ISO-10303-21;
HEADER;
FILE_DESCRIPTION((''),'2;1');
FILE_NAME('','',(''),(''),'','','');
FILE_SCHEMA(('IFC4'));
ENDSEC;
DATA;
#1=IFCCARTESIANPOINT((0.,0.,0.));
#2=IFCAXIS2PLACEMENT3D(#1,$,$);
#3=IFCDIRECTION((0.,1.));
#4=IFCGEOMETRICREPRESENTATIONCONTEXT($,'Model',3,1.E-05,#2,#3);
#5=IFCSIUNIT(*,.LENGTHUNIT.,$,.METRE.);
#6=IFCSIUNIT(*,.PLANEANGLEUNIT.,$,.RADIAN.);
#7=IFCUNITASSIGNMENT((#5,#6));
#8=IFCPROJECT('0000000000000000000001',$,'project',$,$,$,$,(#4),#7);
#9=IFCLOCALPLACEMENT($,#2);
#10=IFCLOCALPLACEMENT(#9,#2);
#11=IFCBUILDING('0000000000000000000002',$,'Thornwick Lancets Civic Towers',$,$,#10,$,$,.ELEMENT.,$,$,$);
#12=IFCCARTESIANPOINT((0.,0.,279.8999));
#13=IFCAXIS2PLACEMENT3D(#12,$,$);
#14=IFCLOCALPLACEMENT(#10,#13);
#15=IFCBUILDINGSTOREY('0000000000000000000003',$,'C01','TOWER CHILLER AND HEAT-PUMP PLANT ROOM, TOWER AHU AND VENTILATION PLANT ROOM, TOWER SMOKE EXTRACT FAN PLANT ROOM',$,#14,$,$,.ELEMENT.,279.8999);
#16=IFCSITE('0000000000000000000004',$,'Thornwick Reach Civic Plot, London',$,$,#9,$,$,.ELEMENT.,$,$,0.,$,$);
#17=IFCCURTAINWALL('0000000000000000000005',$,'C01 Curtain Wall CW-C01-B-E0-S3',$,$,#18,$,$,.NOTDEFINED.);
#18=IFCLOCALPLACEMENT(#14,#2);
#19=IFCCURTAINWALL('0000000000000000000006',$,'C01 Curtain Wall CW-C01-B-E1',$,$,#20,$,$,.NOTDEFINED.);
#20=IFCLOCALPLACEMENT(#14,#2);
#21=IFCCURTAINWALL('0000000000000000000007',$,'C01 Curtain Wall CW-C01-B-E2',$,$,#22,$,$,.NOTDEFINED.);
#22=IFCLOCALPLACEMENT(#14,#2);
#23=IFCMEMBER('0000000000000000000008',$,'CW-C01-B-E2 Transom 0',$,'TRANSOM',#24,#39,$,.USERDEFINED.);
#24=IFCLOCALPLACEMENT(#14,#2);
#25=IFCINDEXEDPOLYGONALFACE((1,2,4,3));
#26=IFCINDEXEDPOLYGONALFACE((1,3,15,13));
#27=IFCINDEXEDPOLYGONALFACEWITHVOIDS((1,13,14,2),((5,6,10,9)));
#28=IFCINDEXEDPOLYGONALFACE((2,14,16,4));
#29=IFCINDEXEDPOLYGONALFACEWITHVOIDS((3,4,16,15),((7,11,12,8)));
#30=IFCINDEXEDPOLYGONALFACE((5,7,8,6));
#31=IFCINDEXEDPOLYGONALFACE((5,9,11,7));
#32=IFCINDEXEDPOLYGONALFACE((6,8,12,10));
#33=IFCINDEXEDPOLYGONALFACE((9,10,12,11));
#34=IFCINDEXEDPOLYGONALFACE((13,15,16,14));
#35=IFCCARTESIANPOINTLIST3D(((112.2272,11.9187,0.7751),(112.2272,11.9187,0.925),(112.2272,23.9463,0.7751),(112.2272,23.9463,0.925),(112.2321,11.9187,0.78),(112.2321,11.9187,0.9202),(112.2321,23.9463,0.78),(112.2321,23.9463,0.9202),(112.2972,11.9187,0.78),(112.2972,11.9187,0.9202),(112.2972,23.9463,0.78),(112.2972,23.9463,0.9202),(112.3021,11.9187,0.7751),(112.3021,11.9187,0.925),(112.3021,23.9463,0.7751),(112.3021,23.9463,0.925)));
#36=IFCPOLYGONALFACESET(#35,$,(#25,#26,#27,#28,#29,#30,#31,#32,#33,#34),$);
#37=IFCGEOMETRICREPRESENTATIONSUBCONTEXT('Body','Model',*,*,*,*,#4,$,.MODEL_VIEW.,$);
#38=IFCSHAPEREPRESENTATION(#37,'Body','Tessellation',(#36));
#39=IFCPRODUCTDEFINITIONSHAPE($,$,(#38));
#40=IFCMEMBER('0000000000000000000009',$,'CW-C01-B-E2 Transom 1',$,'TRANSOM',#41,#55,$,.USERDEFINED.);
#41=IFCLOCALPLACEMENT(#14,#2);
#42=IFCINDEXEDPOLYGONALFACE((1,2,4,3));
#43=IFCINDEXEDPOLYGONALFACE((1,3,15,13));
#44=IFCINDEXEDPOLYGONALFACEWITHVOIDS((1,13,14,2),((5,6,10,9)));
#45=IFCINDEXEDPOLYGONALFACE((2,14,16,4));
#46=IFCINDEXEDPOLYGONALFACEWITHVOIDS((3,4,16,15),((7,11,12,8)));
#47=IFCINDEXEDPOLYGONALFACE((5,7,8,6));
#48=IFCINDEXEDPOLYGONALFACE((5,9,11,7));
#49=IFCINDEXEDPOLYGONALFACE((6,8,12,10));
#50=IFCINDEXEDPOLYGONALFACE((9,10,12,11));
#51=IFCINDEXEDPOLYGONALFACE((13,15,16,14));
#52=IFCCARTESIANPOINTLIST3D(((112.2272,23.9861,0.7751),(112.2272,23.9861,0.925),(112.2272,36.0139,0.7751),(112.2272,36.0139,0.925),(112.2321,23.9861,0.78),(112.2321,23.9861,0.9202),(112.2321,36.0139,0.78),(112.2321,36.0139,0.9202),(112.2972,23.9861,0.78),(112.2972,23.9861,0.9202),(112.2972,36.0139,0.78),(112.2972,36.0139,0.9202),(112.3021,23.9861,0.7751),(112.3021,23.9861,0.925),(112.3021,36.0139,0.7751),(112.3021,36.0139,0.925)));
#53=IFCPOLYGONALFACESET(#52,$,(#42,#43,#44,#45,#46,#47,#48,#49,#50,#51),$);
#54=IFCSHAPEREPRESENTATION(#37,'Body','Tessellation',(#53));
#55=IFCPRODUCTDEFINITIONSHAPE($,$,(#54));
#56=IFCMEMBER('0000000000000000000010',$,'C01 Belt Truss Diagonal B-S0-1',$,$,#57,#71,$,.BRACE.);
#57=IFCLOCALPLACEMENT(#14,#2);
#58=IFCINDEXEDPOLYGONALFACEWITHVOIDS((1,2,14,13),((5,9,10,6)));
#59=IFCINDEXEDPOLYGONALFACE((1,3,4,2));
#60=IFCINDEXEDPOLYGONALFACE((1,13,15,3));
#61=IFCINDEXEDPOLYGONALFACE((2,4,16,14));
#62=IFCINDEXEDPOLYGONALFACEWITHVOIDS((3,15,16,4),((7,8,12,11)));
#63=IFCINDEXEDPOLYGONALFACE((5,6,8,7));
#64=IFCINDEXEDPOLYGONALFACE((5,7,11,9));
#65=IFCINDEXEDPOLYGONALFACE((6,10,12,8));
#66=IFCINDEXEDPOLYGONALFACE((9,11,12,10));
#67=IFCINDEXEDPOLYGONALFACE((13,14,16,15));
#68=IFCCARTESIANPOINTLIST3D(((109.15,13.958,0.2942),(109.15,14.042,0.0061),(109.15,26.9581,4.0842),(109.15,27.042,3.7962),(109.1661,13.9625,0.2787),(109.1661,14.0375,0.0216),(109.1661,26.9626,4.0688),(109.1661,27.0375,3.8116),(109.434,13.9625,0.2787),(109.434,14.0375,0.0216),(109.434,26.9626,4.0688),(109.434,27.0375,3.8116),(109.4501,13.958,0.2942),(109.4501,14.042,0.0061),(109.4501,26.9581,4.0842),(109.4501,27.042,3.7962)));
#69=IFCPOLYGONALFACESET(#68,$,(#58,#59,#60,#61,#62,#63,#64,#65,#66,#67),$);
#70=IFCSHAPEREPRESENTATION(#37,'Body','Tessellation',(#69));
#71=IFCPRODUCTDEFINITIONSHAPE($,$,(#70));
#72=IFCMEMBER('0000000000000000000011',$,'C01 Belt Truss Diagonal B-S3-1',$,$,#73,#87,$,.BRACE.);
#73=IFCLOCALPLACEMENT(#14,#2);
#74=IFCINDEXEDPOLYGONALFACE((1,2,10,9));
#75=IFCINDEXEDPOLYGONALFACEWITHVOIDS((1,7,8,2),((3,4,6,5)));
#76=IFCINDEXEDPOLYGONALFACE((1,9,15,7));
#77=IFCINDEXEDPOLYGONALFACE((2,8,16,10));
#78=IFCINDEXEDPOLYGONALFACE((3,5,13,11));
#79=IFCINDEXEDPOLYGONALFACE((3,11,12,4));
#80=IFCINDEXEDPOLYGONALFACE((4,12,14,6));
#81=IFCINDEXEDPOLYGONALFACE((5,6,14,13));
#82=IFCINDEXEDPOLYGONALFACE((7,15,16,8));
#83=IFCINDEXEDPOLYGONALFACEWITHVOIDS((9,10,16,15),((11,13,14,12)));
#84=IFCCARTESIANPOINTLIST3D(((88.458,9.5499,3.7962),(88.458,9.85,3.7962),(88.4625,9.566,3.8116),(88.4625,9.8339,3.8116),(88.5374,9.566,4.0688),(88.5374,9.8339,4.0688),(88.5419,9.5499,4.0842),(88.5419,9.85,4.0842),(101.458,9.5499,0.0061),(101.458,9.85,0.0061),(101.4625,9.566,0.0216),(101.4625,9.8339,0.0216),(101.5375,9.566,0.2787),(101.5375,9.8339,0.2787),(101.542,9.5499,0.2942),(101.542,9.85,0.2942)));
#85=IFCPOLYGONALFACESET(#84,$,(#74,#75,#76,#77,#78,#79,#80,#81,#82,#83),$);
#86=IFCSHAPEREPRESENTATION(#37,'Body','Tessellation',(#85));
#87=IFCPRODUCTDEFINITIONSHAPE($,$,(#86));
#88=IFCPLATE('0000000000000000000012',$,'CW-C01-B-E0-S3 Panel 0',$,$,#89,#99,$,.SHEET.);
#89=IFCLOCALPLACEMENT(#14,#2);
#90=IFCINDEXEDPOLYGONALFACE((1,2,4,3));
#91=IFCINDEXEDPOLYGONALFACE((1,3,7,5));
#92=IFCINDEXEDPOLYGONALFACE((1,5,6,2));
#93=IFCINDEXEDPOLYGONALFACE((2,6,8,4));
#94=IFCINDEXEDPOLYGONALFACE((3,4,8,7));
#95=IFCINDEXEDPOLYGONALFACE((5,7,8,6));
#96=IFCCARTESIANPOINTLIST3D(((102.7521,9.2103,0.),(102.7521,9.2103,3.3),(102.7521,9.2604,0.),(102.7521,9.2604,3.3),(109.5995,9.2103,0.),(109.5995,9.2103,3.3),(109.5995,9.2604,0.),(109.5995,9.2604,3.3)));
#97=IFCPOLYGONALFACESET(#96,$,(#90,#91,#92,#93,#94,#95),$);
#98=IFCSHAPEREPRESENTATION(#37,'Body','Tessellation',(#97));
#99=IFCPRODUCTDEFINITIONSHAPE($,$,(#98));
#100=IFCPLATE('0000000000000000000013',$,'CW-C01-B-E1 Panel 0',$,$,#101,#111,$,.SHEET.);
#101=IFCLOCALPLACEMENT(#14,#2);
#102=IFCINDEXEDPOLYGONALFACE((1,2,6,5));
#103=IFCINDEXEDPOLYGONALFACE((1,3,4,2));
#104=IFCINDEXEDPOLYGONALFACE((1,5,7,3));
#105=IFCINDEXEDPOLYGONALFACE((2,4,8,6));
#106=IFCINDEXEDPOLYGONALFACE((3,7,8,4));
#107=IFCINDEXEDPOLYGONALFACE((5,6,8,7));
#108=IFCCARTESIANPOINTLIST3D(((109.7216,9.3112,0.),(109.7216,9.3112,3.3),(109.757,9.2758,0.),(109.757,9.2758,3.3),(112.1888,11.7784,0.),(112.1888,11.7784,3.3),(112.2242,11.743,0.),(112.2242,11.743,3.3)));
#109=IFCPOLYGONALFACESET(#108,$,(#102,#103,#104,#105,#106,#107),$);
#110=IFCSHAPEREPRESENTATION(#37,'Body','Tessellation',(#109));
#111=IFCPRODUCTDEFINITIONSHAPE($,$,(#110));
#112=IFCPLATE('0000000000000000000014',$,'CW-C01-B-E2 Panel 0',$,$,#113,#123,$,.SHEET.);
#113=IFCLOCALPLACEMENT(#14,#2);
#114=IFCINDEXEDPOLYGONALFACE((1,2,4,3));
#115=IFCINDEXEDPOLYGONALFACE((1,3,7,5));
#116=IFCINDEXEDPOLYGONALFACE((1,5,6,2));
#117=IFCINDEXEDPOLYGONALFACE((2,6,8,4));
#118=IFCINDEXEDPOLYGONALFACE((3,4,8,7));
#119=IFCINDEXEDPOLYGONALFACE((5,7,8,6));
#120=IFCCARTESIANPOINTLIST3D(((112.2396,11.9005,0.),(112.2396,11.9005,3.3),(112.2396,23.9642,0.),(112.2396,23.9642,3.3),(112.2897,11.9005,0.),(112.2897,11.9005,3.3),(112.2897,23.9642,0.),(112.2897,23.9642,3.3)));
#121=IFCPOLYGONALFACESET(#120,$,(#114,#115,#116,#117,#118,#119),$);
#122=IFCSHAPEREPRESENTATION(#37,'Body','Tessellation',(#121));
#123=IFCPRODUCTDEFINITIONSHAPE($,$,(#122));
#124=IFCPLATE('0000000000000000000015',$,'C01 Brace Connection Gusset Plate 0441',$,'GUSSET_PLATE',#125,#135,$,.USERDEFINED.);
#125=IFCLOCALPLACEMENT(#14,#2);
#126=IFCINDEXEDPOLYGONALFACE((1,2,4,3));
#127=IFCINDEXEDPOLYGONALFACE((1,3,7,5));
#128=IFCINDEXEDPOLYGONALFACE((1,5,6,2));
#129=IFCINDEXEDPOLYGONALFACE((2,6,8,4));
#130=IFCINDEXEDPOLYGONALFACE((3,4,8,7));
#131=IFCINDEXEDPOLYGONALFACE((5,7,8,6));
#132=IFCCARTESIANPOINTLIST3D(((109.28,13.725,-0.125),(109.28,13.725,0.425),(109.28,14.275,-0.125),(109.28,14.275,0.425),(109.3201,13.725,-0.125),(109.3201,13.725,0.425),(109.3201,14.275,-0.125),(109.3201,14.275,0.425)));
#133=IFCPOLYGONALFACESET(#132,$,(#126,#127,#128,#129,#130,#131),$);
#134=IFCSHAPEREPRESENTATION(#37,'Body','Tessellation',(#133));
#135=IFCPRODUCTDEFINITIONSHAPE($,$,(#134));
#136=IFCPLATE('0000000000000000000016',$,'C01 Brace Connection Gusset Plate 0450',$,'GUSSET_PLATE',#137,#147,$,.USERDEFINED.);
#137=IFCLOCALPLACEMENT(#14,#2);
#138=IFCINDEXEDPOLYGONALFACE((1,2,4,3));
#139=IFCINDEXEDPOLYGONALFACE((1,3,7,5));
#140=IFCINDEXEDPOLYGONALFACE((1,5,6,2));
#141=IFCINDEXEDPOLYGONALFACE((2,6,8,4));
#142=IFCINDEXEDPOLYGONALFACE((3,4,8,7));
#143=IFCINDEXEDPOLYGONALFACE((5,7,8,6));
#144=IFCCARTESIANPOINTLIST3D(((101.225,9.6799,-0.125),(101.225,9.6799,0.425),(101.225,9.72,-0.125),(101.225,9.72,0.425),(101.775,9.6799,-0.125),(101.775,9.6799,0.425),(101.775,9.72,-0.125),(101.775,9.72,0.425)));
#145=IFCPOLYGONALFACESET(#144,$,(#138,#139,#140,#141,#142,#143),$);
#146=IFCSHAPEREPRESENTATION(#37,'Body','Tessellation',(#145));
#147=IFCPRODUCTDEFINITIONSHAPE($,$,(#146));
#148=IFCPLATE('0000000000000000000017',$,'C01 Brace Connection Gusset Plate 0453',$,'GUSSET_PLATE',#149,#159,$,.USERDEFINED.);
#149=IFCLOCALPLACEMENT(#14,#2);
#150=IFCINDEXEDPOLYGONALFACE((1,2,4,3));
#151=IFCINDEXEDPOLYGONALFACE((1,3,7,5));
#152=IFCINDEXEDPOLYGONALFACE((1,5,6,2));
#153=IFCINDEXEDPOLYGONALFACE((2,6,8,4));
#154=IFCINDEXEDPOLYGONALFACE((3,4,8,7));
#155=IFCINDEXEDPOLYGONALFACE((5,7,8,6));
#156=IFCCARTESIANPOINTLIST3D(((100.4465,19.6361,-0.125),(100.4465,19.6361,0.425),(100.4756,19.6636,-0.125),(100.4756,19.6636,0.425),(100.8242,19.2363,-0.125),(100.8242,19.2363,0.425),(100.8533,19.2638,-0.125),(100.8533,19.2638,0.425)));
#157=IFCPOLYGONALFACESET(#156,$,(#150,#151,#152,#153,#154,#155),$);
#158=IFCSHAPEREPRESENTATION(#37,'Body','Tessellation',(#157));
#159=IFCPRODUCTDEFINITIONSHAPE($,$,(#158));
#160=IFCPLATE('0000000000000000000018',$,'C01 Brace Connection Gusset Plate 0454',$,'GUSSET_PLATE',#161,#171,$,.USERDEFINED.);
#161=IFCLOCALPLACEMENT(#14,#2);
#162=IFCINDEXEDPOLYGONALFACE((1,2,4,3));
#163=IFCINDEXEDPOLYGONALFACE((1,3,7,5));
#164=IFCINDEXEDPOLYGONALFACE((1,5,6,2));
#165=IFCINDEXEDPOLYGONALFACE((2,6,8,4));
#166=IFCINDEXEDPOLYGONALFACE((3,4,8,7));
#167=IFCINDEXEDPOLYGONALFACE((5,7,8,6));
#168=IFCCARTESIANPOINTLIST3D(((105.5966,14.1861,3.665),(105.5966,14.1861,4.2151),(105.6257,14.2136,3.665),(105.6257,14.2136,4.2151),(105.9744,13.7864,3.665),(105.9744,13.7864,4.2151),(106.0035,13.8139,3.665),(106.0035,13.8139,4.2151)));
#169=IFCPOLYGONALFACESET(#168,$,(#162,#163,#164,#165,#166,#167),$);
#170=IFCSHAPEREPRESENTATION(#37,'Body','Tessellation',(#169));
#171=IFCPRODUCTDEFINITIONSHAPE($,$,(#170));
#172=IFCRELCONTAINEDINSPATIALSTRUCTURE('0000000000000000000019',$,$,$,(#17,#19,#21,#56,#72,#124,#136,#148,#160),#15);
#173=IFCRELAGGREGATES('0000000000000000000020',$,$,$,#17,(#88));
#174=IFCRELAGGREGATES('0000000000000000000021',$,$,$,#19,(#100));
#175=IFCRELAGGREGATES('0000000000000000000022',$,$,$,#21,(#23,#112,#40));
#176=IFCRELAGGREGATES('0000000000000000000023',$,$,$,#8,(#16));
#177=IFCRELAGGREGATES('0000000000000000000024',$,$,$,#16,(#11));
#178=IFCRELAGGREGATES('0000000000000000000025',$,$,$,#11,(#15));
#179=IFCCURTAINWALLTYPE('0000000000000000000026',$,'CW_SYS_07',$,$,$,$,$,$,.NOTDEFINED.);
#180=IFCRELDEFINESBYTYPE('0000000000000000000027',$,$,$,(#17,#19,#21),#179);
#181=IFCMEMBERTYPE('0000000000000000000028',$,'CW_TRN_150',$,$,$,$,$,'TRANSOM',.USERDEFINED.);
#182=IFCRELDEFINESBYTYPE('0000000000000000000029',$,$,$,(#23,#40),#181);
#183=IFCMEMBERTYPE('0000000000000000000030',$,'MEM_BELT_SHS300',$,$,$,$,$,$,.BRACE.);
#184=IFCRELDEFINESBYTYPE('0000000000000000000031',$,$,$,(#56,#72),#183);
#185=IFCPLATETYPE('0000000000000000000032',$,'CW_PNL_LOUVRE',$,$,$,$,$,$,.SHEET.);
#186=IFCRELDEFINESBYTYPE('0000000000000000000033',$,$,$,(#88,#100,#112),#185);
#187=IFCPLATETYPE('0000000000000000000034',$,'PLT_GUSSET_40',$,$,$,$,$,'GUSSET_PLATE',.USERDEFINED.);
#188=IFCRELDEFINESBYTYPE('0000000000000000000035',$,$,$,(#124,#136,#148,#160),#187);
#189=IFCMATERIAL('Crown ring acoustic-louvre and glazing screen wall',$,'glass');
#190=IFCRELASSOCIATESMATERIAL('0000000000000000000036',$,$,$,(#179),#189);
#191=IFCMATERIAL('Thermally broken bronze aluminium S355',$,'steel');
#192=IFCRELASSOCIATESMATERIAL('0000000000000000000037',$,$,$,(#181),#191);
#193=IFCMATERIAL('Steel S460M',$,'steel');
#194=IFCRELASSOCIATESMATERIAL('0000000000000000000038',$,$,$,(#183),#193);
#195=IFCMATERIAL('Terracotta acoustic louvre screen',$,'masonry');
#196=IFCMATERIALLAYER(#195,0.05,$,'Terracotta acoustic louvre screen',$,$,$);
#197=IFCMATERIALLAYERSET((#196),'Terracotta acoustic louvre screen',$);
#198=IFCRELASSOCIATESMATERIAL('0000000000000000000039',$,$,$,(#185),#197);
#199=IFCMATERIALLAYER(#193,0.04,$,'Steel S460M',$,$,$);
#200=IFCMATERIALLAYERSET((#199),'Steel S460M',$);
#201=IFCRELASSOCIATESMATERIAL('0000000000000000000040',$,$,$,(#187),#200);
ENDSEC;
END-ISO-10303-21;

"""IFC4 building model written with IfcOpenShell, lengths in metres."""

from ifc_helpers import new_model, si_unit, direction, frame, origin, origin_2d, place, context, subcontext, project, spatial, rectangle, hollow_rectangle, extrude, material, layer, layer_set, material_profile, profile_set, type_object, element, aggregate, save


model = new_model("IFC4")

# Units and contexts
model_context = context("Model", 3, precision=1e-05, world=origin(), true_north=direction((0.0, 1.0)))
body_context = subcontext(model_context, "Body", "Model", "MODEL_VIEW")
ifc_project = project(units=[si_unit("LENGTHUNIT", "METRE"), si_unit("PLANEANGLEUNIT", "RADIAN")], contexts=[model_context])

# Site, building, storey
site_placement = place(None, origin())
site = spatial("IfcSite", under=ifc_project, at=site_placement, Name="Thornwick Reach Civic Plot, London", CompositionType="ELEMENT", RefElevation=0.0)
building_placement = place(site_placement, origin())
building = spatial("IfcBuilding", under=site, at=building_placement, Name="Thornwick Lancets Civic Towers", CompositionType="ELEMENT")
storey_placement = place(building_placement, frame((0.0, 0.0, 279.8999)))
storey = spatial("IfcBuildingStorey", under=building, at=storey_placement, Name="C01", Description="TOWER CHILLER AND HEAT-PUMP PLANT ROOM, TOWER AHU AND VENTILATION PLANT ROOM, TOWER SMOKE EXTRACT FAN PLANT ROOM", CompositionType="ELEMENT", Elevation=279.8999)

# Curtain walls
ifc_material_1 = material(Name="Crown ring acoustic-louvre and glazing screen wall", Category="glass")
curtain_wall_type = type_object("IfcCurtainWallType", Name="CW_SYS_07", PredefinedType="NOTDEFINED", material=ifc_material_1)
curtain_wall_1_placement = place(storey_placement, origin())
curtain_wall_1 = element("IfcCurtainWall", 1, at=curtain_wall_1_placement, inside=storey, type_object=curtain_wall_type, Name="C01 Curtain Wall CW-C01-B-E0-S3", PredefinedType="NOTDEFINED")
ifc_material_2 = material(Name="Thermally broken bronze aluminium S355", Category="steel")
curtain_wall_2_placement = place(storey_placement, origin())
curtain_wall_2 = element("IfcCurtainWall", 2, at=curtain_wall_2_placement, inside=storey, type_object=curtain_wall_type, Name="C01 Curtain Wall CW-C01-B-E1", PredefinedType="NOTDEFINED")
curtain_wall_3_placement = place(storey_placement, origin())
curtain_wall_3 = element("IfcCurtainWall", 3, at=curtain_wall_3_placement, inside=storey, type_object=curtain_wall_type, Name="C01 Curtain Wall CW-C01-B-E2", PredefinedType="NOTDEFINED")

# Members
ifc_material_profile_1 = material_profile(ifc_material_2, hollow_rectangle(XDim=0.075, YDim=0.1499, WallThickness=0.0049, at=origin_2d()), Name="RHS 150x75x5")
ifc_profile_set_1 = profile_set([ifc_material_profile_1], Name="Thermally broken bronze aluminium S355")
member_type_1 = type_object("IfcMemberType", Name="CW_TRN_150", ElementType="TRANSOM", PredefinedType="USERDEFINED", material=ifc_profile_set_1)
member_1_placement = place(storey_placement, frame((112.2646, 11.9187, 0.8501), z_axis=(0.0, 1.0, 0.0), x_axis=(-1.0, 0.0, 0.0)))
member_1 = element("IfcMember", 4, at=member_1_placement, type_object=member_type_1, Name="CW-C01-B-E2 Transom 0", ObjectType="TRANSOM", PredefinedType="USERDEFINED", context=body_context, shape_type="SweptSolid", body=[
    extrude(hollow_rectangle(XDim=0.075, YDim=0.1499, WallThickness=0.0049, at=origin_2d()), origin(), (0.0, 0.0, 1.0), 12.0276),
])
member_2_placement = place(storey_placement, frame((112.2646, 23.9861, 0.8501), z_axis=(0.0, 1.0, 0.0), x_axis=(-1.0, 0.0, 0.0)))
member_2 = element("IfcMember", 5, at=member_2_placement, type_object=member_type_1, Name="CW-C01-B-E2 Transom 1", ObjectType="TRANSOM", PredefinedType="USERDEFINED", context=body_context, shape_type="SweptSolid", body=[
    extrude(hollow_rectangle(XDim=0.075, YDim=0.1499, WallThickness=0.0049, at=origin_2d()), origin(), (0.0, 0.0, 1.0), 12.0278),
])

# Members
ifc_material_3 = material(Name="Steel S460M", Category="steel")
ifc_material_profile_2 = material_profile(ifc_material_3, hollow_rectangle(XDim=0.3, YDim=0.3, WallThickness=0.0161, at=origin_2d()), Name="SHS 300x300x16")
ifc_profile_set_2 = profile_set([ifc_material_profile_2], Name="Steel S460M")
member_type_2 = type_object("IfcMemberType", Name="MEM_BELT_SHS300", PredefinedType="BRACE", material=ifc_profile_set_2)
for number, where, z_axis, x_axis, name in (
    (6, (109.3, 14.0, 0.1501), (0.0, 0.960032, 0.279889), (-1.0, 0.0, 0.0), "C01 Belt Truss Diagonal B-S0-1"),
    (7, (101.5, 9.7, 0.1501), (-0.960032, 0.0, 0.279889), (0.0, -1.0, 0.0), "C01 Belt Truss Diagonal B-S3-1"),
):
    element("IfcMember", number, at=place(storey_placement, frame(where, z_axis=z_axis, x_axis=x_axis)), inside=storey, type_object=member_type_2, Name=name, PredefinedType="BRACE", context=body_context, shape_type="SweptSolid", body=[
        extrude(hollow_rectangle(XDim=0.3, YDim=0.3, WallThickness=0.0161, at=origin_2d()), origin(), (0.0, 0.0, 1.0), 13.5413),
    ])

# Plates
ifc_material_4 = material(Name="Terracotta acoustic louvre screen", Category="masonry")
ifc_layer_1 = layer(ifc_material_4, 0.05, Name="Terracotta acoustic louvre screen")
ifc_layer_set_1 = layer_set([ifc_layer_1], Name="Terracotta acoustic louvre screen")
plate_type_1 = type_object("IfcPlateType", Name="CW_PNL_LOUVRE", PredefinedType="SHEET", material=ifc_layer_set_1)
plate_1_placement = place(storey_placement, frame((106.1758, 9.2354, 0.0), z_axis=(0.0, 0.0, 1.0), x_axis=(1.0, 0.0, 0.0)))
plate_1 = element("IfcPlate", 8, at=plate_1_placement, type_object=plate_type_1, Name="CW-C01-B-E0-S3 Panel 0", PredefinedType="SHEET", context=body_context, shape_type="SweptSolid", body=[
    extrude(rectangle(XDim=6.8474, YDim=0.05, at=origin_2d()), origin(), (0.0, 0.0, 1.0), 3.3),
])
aggregate(curtain_wall_1, [plate_1])
plate_2_placement = place(storey_placement, frame((110.9729, 10.5271, 0.0), z_axis=(0.0, 0.0, 1.0), x_axis=(0.707107, 0.707107, 0.0)))
plate_2 = element("IfcPlate", 9, at=plate_2_placement, type_object=plate_type_1, Name="CW-C01-B-E1 Panel 0", PredefinedType="SHEET", context=body_context, shape_type="SweptSolid", body=[
    extrude(rectangle(XDim=3.4893, YDim=0.05, at=origin_2d()), origin(), (0.0, 0.0, 1.0), 3.3),
])
aggregate(curtain_wall_2, [plate_2])
plate_3_placement = place(storey_placement, frame((112.2646, 17.9324, 0.0), z_axis=(0.0, 0.0, 1.0), x_axis=(0.0, 1.0, 0.0)))
plate_3 = element("IfcPlate", 10, at=plate_3_placement, type_object=plate_type_1, Name="CW-C01-B-E2 Panel 0", PredefinedType="SHEET", context=body_context, shape_type="SweptSolid", body=[
    extrude(rectangle(XDim=12.0637, YDim=0.05, at=origin_2d()), origin(), (0.0, 0.0, 1.0), 3.3),
])
aggregate(curtain_wall_3, [member_1, plate_3, member_2])

# Plates
ifc_layer_2 = layer(ifc_material_3, 0.04, Name="Steel S460M")
ifc_layer_set_2 = layer_set([ifc_layer_2], Name="Steel S460M")
plate_type_2 = type_object("IfcPlateType", Name="PLT_GUSSET_40", ElementType="GUSSET_PLATE", PredefinedType="USERDEFINED", material=ifc_layer_set_2)
for number, where, z_axis, x_axis, name in (
    (11, (109.3, 14.0, -0.125), (0.0, 0.0, 1.0), (0.0, 1.0, 0.0), "C01 Brace Connection Gusset Plate 0441"),
    (12, (101.5, 9.7, -0.125), (0.0, 0.0, 1.0), (-1.0, 0.0, 0.0), "C01 Brace Connection Gusset Plate 0450"),
    (13, (100.6499, 19.45, -0.125), (0.0, 0.0, 1.0), (0.686834, -0.726814, 0.0), "C01 Brace Connection Gusset Plate 0453"),
    (14, (105.8, 14.0, 3.665), (0.0, 0.0, 1.0), (0.686834, -0.726814, 0.0), "C01 Brace Connection Gusset Plate 0454"),
):
    element("IfcPlate", number, at=place(storey_placement, frame(where, z_axis=z_axis, x_axis=x_axis)), inside=storey, type_object=plate_type_2, Name=name, ObjectType="GUSSET_PLATE", PredefinedType="USERDEFINED", context=body_context, shape_type="SweptSolid", body=[
        extrude(rectangle(XDim=0.55, YDim=0.04, at=origin_2d()), origin(), (0.0, 0.0, 1.0), 0.55),
    ])

save(model, "model.ifc")
